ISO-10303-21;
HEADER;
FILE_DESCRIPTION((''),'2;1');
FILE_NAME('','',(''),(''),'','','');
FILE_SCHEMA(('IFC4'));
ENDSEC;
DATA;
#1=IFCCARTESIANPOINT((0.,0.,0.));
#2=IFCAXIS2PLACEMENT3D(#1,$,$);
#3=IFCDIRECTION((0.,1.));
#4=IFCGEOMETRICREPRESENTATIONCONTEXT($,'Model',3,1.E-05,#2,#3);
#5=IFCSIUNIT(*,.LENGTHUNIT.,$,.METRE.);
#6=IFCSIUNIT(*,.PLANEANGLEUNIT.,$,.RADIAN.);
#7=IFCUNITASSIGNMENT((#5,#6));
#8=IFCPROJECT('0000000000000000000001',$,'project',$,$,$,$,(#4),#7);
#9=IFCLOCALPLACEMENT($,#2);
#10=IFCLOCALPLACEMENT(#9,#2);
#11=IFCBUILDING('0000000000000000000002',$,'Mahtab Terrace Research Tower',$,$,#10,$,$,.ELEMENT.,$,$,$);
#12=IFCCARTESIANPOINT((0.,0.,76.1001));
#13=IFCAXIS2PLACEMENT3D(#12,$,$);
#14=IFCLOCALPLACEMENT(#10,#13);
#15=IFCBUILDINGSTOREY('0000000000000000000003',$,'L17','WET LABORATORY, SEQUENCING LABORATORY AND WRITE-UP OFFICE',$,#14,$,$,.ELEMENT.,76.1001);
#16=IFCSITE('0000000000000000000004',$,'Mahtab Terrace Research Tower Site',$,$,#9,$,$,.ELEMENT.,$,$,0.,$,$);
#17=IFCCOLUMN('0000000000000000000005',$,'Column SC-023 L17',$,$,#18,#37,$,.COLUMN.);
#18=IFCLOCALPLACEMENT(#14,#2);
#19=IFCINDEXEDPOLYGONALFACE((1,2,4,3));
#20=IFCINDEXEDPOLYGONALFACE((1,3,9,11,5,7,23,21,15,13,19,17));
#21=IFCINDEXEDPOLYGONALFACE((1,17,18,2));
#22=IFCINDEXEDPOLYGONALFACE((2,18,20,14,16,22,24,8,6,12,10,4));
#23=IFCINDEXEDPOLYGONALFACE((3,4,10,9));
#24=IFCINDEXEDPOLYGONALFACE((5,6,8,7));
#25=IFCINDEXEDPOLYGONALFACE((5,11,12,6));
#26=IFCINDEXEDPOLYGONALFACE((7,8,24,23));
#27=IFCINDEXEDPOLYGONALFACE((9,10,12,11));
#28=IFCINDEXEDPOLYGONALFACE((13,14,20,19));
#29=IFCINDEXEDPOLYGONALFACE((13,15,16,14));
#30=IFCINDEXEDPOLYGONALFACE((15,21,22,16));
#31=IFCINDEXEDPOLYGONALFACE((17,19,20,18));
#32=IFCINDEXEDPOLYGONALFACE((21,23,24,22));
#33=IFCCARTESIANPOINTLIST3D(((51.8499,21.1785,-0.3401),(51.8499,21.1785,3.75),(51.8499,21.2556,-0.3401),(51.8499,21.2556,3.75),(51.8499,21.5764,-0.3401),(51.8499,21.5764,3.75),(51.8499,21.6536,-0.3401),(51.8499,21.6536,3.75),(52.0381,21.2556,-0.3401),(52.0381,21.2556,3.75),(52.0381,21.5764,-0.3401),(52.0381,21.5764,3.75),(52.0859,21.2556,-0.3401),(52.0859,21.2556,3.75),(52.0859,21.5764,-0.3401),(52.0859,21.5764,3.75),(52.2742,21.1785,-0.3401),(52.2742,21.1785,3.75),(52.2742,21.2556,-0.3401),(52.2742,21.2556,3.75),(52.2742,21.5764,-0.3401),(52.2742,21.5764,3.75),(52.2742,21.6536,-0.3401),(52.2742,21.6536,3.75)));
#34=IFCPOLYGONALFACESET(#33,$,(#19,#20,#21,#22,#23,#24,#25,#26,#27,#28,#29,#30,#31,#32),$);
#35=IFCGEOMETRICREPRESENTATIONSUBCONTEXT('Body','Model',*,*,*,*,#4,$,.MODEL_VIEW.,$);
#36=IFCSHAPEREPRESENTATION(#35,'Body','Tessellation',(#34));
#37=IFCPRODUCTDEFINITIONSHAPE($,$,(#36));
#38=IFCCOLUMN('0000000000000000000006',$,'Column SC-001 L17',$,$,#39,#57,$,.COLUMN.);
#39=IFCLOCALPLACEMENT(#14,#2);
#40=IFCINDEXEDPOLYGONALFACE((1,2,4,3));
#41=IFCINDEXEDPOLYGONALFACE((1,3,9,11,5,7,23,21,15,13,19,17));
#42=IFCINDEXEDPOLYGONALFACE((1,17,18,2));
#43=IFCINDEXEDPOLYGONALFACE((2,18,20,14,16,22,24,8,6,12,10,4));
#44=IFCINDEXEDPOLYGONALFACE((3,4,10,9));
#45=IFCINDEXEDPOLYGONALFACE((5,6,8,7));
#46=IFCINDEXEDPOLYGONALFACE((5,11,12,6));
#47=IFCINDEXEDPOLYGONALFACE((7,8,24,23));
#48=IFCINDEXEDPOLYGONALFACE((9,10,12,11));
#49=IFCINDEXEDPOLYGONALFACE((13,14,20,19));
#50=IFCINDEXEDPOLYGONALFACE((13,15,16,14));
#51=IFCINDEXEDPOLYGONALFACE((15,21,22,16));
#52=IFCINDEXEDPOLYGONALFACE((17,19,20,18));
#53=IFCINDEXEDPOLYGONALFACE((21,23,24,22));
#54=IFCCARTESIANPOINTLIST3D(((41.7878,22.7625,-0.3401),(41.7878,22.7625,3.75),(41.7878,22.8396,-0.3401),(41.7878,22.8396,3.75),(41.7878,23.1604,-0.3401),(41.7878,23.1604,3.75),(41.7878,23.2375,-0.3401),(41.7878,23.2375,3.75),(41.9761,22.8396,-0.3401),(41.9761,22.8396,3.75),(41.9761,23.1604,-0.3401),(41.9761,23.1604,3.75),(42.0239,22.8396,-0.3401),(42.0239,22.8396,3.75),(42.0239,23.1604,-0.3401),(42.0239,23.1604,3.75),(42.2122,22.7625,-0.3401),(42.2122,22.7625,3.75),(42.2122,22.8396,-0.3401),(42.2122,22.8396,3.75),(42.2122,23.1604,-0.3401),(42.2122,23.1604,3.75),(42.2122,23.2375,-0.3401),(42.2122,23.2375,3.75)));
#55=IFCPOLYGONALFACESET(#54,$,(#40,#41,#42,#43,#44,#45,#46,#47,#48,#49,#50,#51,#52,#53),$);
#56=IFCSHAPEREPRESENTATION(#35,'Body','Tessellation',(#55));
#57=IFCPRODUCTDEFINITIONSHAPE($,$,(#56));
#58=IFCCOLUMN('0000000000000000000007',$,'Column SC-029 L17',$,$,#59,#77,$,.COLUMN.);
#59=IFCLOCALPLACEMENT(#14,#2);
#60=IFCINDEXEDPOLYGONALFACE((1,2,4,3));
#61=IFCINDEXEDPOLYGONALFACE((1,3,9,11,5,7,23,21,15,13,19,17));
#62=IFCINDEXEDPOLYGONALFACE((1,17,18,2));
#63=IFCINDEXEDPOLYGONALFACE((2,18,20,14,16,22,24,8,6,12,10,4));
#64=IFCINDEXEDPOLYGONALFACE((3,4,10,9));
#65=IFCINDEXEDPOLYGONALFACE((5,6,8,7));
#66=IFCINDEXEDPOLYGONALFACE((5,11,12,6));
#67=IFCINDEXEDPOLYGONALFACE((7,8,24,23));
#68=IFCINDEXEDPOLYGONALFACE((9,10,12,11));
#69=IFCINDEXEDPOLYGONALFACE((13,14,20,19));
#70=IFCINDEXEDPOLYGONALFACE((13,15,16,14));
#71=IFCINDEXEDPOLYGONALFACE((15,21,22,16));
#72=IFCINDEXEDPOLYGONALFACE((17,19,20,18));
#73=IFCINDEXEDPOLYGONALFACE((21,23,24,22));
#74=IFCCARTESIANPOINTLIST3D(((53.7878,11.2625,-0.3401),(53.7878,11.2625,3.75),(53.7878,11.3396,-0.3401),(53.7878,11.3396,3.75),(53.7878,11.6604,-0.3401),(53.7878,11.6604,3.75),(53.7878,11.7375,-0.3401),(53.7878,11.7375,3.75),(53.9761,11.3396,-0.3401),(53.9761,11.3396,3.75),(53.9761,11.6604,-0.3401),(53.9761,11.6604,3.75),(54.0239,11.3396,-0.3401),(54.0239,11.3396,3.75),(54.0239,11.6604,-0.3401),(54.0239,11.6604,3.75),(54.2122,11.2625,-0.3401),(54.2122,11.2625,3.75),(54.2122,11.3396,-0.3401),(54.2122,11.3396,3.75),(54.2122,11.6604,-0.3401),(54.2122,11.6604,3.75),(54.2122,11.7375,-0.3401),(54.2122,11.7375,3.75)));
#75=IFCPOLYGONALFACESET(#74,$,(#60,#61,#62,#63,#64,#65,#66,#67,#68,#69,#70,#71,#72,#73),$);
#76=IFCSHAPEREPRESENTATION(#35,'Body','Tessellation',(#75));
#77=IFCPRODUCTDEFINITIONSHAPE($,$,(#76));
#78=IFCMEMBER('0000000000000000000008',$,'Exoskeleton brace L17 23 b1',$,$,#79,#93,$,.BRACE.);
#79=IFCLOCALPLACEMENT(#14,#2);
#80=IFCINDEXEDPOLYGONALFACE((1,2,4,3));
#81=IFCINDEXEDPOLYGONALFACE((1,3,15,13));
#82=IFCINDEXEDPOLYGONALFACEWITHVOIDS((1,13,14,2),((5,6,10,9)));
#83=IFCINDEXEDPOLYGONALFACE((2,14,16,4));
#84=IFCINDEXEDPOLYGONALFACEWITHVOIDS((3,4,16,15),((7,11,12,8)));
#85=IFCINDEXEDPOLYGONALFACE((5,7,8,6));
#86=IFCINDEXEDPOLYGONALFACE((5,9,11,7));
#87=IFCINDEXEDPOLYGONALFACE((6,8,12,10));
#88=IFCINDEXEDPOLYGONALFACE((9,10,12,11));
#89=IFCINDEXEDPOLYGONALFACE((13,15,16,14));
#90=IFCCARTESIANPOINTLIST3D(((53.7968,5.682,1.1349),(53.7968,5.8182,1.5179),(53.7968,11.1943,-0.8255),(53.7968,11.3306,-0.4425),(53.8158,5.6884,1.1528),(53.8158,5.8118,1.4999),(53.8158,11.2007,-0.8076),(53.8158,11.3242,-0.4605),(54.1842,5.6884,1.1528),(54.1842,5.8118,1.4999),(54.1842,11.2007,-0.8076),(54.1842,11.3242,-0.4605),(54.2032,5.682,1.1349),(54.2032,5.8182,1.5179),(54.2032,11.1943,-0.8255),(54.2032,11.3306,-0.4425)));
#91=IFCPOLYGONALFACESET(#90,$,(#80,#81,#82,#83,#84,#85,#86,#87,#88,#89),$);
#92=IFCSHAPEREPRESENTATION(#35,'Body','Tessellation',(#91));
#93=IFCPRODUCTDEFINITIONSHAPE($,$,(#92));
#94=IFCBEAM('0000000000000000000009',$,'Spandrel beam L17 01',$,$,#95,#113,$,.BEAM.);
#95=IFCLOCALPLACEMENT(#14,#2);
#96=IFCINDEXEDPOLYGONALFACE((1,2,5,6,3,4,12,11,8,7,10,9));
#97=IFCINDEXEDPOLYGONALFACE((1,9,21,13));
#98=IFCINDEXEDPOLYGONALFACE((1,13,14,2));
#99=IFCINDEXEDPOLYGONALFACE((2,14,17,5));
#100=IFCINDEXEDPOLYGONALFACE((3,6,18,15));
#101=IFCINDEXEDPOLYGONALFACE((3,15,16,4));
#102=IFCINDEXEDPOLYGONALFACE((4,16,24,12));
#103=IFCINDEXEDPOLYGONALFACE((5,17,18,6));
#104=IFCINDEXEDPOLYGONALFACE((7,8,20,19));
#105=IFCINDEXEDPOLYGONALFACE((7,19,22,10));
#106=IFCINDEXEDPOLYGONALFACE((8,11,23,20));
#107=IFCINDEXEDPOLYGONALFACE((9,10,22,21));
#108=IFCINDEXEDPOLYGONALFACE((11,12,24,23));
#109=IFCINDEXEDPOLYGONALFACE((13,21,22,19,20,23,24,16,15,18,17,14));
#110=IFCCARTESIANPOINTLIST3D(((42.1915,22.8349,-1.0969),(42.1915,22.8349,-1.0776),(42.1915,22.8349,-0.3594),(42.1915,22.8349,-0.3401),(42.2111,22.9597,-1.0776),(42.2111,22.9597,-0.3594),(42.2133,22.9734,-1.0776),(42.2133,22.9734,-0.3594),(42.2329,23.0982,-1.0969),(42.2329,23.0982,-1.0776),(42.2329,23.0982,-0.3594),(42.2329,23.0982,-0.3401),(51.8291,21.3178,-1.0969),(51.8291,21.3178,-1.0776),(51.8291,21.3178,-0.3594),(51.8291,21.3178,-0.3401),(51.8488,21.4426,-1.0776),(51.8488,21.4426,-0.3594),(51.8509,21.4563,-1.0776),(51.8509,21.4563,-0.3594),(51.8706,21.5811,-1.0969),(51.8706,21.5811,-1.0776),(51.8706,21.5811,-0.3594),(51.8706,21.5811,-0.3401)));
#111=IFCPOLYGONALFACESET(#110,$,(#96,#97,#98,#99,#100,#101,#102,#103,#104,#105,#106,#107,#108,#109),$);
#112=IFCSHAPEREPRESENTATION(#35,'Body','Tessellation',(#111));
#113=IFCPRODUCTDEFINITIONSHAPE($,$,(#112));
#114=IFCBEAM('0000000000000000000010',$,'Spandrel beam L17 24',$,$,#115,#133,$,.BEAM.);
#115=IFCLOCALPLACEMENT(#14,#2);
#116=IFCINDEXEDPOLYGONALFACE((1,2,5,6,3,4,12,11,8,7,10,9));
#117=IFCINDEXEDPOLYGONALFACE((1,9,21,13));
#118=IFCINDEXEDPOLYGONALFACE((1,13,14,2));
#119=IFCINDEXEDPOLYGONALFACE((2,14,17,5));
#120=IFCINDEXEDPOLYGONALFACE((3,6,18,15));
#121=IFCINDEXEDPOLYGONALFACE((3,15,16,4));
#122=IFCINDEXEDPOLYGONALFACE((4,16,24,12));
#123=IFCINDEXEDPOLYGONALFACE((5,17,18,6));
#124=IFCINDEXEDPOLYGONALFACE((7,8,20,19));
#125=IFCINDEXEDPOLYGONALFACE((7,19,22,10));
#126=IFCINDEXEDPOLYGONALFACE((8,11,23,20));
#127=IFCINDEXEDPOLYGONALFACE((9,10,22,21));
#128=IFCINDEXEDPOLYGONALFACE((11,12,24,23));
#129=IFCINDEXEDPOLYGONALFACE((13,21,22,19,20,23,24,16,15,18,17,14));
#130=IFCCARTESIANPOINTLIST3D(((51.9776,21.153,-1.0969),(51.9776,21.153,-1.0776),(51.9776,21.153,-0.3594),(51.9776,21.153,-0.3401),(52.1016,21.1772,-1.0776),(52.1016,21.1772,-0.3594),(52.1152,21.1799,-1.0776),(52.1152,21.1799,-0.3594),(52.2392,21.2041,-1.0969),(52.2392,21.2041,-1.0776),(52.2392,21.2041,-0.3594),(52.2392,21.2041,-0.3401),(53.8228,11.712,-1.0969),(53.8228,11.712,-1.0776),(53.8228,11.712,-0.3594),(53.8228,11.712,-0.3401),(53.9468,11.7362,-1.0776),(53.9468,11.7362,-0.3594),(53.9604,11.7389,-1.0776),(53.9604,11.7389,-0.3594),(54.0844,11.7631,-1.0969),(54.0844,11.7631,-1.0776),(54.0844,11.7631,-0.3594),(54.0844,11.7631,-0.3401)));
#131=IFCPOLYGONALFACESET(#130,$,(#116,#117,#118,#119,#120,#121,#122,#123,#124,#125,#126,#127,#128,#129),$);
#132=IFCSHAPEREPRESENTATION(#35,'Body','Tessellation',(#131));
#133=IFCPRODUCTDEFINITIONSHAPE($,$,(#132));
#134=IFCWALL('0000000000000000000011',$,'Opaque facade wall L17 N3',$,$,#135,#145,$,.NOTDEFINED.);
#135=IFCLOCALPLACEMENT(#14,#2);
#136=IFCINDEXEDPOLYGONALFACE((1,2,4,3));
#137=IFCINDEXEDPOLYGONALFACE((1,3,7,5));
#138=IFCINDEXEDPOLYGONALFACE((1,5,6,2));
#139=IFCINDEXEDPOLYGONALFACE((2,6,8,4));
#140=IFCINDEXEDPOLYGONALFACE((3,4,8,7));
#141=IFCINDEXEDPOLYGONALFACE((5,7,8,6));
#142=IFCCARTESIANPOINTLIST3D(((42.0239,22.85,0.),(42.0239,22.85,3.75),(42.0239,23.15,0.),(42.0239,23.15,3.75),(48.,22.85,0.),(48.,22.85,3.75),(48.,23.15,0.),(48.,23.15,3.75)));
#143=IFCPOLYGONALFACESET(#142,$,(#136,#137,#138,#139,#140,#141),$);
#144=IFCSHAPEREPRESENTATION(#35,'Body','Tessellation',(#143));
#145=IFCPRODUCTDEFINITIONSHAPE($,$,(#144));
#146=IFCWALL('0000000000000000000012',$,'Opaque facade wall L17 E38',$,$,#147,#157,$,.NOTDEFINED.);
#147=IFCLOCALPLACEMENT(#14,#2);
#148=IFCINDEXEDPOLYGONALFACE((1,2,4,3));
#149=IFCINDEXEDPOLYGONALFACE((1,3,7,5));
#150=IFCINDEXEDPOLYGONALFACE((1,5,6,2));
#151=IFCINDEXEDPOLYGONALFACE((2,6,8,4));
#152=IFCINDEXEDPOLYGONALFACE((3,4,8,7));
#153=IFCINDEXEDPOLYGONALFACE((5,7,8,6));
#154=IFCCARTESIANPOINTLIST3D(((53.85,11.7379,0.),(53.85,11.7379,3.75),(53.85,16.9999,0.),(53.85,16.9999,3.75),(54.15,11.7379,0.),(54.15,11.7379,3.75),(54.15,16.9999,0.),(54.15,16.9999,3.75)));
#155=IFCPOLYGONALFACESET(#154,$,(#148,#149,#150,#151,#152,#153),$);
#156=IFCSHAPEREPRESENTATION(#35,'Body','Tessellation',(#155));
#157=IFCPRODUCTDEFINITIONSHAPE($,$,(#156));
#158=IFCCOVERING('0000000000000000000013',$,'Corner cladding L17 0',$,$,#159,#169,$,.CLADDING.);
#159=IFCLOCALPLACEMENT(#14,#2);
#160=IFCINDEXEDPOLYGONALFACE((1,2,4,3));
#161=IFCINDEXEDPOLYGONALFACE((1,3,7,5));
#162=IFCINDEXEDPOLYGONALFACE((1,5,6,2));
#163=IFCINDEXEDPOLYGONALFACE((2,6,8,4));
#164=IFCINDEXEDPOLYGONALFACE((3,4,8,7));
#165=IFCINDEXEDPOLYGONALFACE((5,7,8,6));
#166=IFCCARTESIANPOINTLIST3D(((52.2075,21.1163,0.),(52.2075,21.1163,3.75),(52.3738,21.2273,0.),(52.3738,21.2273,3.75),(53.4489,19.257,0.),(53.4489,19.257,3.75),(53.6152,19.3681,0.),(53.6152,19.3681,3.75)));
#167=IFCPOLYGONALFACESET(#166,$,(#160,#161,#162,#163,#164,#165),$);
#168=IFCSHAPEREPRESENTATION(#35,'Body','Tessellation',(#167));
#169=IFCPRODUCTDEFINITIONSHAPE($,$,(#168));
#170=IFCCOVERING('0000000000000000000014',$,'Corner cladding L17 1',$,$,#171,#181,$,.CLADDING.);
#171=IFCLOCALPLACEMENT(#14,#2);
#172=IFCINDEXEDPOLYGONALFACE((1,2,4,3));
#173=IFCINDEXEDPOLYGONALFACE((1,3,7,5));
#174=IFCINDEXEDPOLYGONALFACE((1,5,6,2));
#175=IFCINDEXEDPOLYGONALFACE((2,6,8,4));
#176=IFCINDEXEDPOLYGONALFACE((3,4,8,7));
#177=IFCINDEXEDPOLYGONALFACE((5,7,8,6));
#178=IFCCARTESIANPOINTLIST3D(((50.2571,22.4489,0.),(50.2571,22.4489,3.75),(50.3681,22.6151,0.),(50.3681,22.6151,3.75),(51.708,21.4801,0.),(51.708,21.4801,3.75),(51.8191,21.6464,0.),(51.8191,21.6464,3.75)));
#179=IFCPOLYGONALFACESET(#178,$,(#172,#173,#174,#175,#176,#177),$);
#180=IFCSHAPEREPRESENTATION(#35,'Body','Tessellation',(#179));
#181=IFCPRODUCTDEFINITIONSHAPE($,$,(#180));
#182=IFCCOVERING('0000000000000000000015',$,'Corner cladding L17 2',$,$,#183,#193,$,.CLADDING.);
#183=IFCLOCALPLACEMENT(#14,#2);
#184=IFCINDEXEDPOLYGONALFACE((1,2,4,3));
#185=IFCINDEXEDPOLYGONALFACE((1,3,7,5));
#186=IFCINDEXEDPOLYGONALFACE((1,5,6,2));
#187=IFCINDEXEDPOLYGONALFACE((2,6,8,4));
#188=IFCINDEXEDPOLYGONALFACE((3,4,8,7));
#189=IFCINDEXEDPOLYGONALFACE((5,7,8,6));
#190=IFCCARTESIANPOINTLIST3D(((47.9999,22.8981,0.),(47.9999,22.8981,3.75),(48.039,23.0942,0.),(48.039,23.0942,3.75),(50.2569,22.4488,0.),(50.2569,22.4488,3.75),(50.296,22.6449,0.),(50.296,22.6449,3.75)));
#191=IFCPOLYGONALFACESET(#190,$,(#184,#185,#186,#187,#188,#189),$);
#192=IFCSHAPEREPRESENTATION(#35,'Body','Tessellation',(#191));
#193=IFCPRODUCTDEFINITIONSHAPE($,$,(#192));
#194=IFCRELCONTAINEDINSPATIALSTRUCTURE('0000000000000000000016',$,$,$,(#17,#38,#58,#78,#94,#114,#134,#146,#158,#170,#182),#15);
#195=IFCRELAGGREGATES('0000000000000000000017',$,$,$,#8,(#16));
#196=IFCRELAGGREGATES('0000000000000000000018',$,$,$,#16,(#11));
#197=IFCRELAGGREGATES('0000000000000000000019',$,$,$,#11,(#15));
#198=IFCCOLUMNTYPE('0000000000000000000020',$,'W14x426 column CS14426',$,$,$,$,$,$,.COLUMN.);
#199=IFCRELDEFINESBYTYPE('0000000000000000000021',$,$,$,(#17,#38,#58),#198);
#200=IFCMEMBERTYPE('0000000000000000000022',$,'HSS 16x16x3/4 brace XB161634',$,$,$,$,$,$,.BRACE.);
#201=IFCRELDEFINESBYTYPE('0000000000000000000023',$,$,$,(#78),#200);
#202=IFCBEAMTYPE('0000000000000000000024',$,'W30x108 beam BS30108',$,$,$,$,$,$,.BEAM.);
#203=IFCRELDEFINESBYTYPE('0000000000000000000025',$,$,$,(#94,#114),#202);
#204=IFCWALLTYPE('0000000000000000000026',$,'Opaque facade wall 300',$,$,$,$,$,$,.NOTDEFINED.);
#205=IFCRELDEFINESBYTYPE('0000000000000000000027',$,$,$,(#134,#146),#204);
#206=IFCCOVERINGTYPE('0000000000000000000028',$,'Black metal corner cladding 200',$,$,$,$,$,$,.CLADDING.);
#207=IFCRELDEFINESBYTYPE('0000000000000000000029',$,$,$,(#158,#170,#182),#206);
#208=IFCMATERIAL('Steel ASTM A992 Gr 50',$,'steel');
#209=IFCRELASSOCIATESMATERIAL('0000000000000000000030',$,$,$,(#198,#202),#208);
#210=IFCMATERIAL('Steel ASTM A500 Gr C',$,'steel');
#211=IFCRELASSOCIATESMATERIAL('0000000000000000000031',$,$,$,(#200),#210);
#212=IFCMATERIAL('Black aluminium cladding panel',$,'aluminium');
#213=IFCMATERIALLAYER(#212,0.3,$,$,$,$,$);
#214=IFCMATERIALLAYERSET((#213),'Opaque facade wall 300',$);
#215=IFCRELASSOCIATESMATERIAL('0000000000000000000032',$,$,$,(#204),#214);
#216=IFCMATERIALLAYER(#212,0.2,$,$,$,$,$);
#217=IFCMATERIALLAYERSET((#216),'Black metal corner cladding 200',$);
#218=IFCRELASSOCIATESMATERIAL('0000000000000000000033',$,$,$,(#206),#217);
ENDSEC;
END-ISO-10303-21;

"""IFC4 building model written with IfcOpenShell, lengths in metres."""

from ifc_helpers import new_model, si_unit, direction, frame, frame_2d, origin, origin_2d, place, context, subcontext, project, spatial, rectangle, hollow_rectangle, i_section, extrude, material, layer, layer_set, material_profile, profile_set, type_object, element, save


model = new_model("IFC4")

# Units and contexts
model_context = context("Model", 3, precision=1e-05, world=origin(), true_north=direction((0.0, 1.0)))
body_context = subcontext(model_context, "Body", "Model", "MODEL_VIEW")
ifc_project = project(units=[si_unit("LENGTHUNIT", "METRE"), si_unit("PLANEANGLEUNIT", "RADIAN")], contexts=[model_context])

# Site, building, storey
site_placement = place(None, origin())
site = spatial("IfcSite", under=ifc_project, at=site_placement, Name="Mahtab Terrace Research Tower Site", CompositionType="ELEMENT", RefElevation=0.0)
building_placement = place(site_placement, origin())
building = spatial("IfcBuilding", under=site, at=building_placement, Name="Mahtab Terrace Research Tower", CompositionType="ELEMENT")
storey_placement = place(building_placement, frame((0.0, 0.0, 76.1001)))
storey = spatial("IfcBuildingStorey", under=building, at=storey_placement, Name="L17", Description="WET LABORATORY, SEQUENCING LABORATORY AND WRITE-UP OFFICE", CompositionType="ELEMENT", Elevation=76.1001)

# Columns
ifc_material_1 = material(Name="Steel ASTM A992 Gr 50", Category="steel")
ifc_material_profile_1 = material_profile(ifc_material_1, i_section(OverallWidth=0.4243, OverallDepth=0.4751, WebThickness=0.0479, FlangeThickness=0.0771, at=origin_2d()), Name="W14X426")
ifc_profile_set_1 = profile_set([ifc_material_profile_1], Name="Steel ASTM A992 Gr 50")
column_type = type_object("IfcColumnType", Name="W14x426 column CS14426", PredefinedType="COLUMN", material=ifc_profile_set_1)
for number, where, z_axis, x_axis, name in (
    (1, (52.062, 21.416, -0.3401), (0.0, 0.0, 1.0), (1.0, 0.0, 0.0), "Column SC-023 L17"),
    (2, (42.0, 23.0, -0.3401), (0.0, 0.0, 1.0), (1.0, 0.0, 0.0), "Column SC-001 L17"),
    (3, (54.0, 11.5, -0.3401), (0.0, 0.0, 1.0), (1.0, 0.0, 0.0), "Column SC-029 L17"),
):
    element("IfcColumn", number, at=place(storey_placement, frame(where, z_axis=z_axis, x_axis=x_axis)), inside=storey, type_object=column_type, Name=name, PredefinedType="COLUMN", context=body_context, shape_type="SweptSolid", body=[
        extrude(i_section(OverallWidth=0.4243, OverallDepth=0.4751, WebThickness=0.0479, FlangeThickness=0.0771, at=origin_2d()), origin(), (0.0, 0.0, 1.0), 4.0901),
    ])

# Member
ifc_material_2 = material(Name="Steel ASTM A500 Gr C", Category="steel")
ifc_material_profile_2 = material_profile(ifc_material_2, hollow_rectangle(XDim=0.4065, YDim=0.4065, WallThickness=0.019, at=origin_2d()), Name="HSS16X16X3/4")
ifc_profile_set_2 = profile_set([ifc_material_profile_2], Name="Steel ASTM A500 Gr C")
member_type = type_object("IfcMemberType", Name="HSS 16x16x3/4 brace XB161634", PredefinedType="BRACE", material=ifc_profile_set_2)
member_placement = place(storey_placement, frame((54.0, 11.2625, -0.634), z_axis=(0.0, -0.94219, 0.33508), x_axis=(1.0, 0.0, 0.0)))
element("IfcMember", 4, at=member_placement, inside=storey, type_object=member_type, Name="Exoskeleton brace L17 23 b1", PredefinedType="BRACE", context=body_context, shape_type="SweptSolid", body=[
    extrude(hollow_rectangle(XDim=0.4065, YDim=0.4065, WallThickness=0.019, at=origin_2d()), origin(), (0.0, 0.0, 1.0), 5.8506),
])

# Beams
ifc_material_profile_3 = material_profile(ifc_material_1, i_section(OverallWidth=0.2666, OverallDepth=0.7568, WebThickness=0.0139, FlangeThickness=0.0193, at=origin_2d()), Name="W30X108")
ifc_profile_set_3 = profile_set([ifc_material_profile_3], Name="Steel ASTM A992 Gr 50")
beam_type = type_object("IfcBeamType", Name="W30x108 beam BS30108", PredefinedType="BEAM", material=ifc_profile_set_3)
beam_1_placement = place(storey_placement, frame((51.8499, 21.4495, -0.7185), z_axis=(-0.987836, 0.155497, 0.0), x_axis=(-0.155497, -0.987836, 0.0)))
element("IfcBeam", 5, at=beam_1_placement, inside=storey, type_object=beam_type, Name="Spandrel beam L17 01", PredefinedType="BEAM", context=body_context, shape_type="SweptSolid", body=[
    extrude(i_section(OverallWidth=0.2666, OverallDepth=0.7568, WebThickness=0.0139, FlangeThickness=0.0193, at=origin_2d()), origin(), (0.0, 0.0, 1.0), 9.7563),
])
beam_2_placement = place(storey_placement, frame((53.9536, 11.7375, -0.7185), z_axis=(-0.191819, 0.98143, 0.0), x_axis=(-0.98143, -0.191819, 0.0)))
element("IfcBeam", 6, at=beam_2_placement, inside=storey, type_object=beam_type, Name="Spandrel beam L17 24", PredefinedType="BEAM", context=body_context, shape_type="SweptSolid", body=[
    extrude(i_section(OverallWidth=0.2666, OverallDepth=0.7568, WebThickness=0.0139, FlangeThickness=0.0193, at=origin_2d()), origin(), (0.0, 0.0, 1.0), 9.6196),
])

# Walls
ifc_material_3 = material(Name="Black aluminium cladding panel", Category="aluminium")
ifc_layer_1 = layer(ifc_material_3, 0.3)
ifc_layer_set_1 = layer_set([ifc_layer_1], Name="Opaque facade wall 300")
wall_type = type_object("IfcWallType", Name="Opaque facade wall 300", PredefinedType="NOTDEFINED", material=ifc_layer_set_1)
wall_1_placement = place(storey_placement, frame((48.0, 23.0, 0.0), z_axis=(0.0, 0.0, 1.0), x_axis=(-1.0, 0.0, 0.0)))
element("IfcWall", 7, at=wall_1_placement, inside=storey, type_object=wall_type, Name="Opaque facade wall L17 N3", PredefinedType="NOTDEFINED", context=body_context, shape_type="SweptSolid", body=[
    extrude(rectangle(XDim=5.9761, YDim=0.3, at=frame_2d((2.988, 0.0))), origin(), (0.0, 0.0, 1.0), 3.75),
])
wall_2_placement = place(storey_placement, frame((54.0, 11.738, 0.0), z_axis=(0.0, 0.0, 1.0), x_axis=(0.0, 1.0, 0.0)))
element("IfcWall", 8, at=wall_2_placement, inside=storey, type_object=wall_type, Name="Opaque facade wall L17 E38", PredefinedType="NOTDEFINED", context=body_context, shape_type="SweptSolid", body=[
    extrude(rectangle(XDim=5.262, YDim=0.3, at=frame_2d((2.6309, 0.0))), origin(), (0.0, 0.0, 1.0), 3.75),
])

# Coverings
ifc_layer_2 = layer(ifc_material_3, 0.2)
ifc_layer_set_2 = layer_set([ifc_layer_2], Name="Black metal corner cladding 200")
covering_type_1 = type_object("IfcCoveringType", Name="Black metal corner cladding 200", PredefinedType="CLADDING", material=ifc_layer_set_2)
covering_1_placement = place(storey_placement, frame((52.9114, 20.2422, 0.0), z_axis=(0.0, 0.0, 1.0), x_axis=(-0.555291, 0.831656, 0.0)))
element("IfcCovering", 9, at=covering_1_placement, inside=storey, type_object=covering_type_1, Name="Corner cladding L17 0", PredefinedType="CLADDING", context=body_context, shape_type="SweptSolid", body=[
    extrude(rectangle(XDim=2.2356, YDim=0.2, at=origin_2d()), origin(), (0.0, 0.0, 1.0), 3.75),
])
covering_2_placement = place(storey_placement, frame((51.0381, 22.0476, 0.0), z_axis=(0.0, 0.0, 1.0), x_axis=(-0.831656, 0.555291, 0.0)))
element("IfcCovering", 10, at=covering_2_placement, inside=storey, type_object=covering_type_1, Name="Corner cladding L17 1", PredefinedType="CLADDING", context=body_context, shape_type="SweptSolid", body=[
    extrude(rectangle(XDim=1.7446, YDim=0.2, at=origin_2d()), origin(), (0.0, 0.0, 1.0), 3.75),
])
for number, where, z_axis, x_axis, name in (
    (11, (49.1479, 22.7715, 0.0), (0.0, 0.0, 1.0), (-0.980761, 0.195212, 0.0), "Corner cladding L17 2"),
):
    element("IfcCovering", number, at=place(storey_placement, frame(where, z_axis=z_axis, x_axis=x_axis)), inside=storey, type_object=covering_type_1, Name=name, PredefinedType="CLADDING", context=body_context, shape_type="SweptSolid", body=[
        extrude(rectangle(XDim=2.3013, YDim=0.2, at=origin_2d()), origin(), (0.0, 0.0, 1.0), 3.75),
    ])

save(model, "model.ifc")
